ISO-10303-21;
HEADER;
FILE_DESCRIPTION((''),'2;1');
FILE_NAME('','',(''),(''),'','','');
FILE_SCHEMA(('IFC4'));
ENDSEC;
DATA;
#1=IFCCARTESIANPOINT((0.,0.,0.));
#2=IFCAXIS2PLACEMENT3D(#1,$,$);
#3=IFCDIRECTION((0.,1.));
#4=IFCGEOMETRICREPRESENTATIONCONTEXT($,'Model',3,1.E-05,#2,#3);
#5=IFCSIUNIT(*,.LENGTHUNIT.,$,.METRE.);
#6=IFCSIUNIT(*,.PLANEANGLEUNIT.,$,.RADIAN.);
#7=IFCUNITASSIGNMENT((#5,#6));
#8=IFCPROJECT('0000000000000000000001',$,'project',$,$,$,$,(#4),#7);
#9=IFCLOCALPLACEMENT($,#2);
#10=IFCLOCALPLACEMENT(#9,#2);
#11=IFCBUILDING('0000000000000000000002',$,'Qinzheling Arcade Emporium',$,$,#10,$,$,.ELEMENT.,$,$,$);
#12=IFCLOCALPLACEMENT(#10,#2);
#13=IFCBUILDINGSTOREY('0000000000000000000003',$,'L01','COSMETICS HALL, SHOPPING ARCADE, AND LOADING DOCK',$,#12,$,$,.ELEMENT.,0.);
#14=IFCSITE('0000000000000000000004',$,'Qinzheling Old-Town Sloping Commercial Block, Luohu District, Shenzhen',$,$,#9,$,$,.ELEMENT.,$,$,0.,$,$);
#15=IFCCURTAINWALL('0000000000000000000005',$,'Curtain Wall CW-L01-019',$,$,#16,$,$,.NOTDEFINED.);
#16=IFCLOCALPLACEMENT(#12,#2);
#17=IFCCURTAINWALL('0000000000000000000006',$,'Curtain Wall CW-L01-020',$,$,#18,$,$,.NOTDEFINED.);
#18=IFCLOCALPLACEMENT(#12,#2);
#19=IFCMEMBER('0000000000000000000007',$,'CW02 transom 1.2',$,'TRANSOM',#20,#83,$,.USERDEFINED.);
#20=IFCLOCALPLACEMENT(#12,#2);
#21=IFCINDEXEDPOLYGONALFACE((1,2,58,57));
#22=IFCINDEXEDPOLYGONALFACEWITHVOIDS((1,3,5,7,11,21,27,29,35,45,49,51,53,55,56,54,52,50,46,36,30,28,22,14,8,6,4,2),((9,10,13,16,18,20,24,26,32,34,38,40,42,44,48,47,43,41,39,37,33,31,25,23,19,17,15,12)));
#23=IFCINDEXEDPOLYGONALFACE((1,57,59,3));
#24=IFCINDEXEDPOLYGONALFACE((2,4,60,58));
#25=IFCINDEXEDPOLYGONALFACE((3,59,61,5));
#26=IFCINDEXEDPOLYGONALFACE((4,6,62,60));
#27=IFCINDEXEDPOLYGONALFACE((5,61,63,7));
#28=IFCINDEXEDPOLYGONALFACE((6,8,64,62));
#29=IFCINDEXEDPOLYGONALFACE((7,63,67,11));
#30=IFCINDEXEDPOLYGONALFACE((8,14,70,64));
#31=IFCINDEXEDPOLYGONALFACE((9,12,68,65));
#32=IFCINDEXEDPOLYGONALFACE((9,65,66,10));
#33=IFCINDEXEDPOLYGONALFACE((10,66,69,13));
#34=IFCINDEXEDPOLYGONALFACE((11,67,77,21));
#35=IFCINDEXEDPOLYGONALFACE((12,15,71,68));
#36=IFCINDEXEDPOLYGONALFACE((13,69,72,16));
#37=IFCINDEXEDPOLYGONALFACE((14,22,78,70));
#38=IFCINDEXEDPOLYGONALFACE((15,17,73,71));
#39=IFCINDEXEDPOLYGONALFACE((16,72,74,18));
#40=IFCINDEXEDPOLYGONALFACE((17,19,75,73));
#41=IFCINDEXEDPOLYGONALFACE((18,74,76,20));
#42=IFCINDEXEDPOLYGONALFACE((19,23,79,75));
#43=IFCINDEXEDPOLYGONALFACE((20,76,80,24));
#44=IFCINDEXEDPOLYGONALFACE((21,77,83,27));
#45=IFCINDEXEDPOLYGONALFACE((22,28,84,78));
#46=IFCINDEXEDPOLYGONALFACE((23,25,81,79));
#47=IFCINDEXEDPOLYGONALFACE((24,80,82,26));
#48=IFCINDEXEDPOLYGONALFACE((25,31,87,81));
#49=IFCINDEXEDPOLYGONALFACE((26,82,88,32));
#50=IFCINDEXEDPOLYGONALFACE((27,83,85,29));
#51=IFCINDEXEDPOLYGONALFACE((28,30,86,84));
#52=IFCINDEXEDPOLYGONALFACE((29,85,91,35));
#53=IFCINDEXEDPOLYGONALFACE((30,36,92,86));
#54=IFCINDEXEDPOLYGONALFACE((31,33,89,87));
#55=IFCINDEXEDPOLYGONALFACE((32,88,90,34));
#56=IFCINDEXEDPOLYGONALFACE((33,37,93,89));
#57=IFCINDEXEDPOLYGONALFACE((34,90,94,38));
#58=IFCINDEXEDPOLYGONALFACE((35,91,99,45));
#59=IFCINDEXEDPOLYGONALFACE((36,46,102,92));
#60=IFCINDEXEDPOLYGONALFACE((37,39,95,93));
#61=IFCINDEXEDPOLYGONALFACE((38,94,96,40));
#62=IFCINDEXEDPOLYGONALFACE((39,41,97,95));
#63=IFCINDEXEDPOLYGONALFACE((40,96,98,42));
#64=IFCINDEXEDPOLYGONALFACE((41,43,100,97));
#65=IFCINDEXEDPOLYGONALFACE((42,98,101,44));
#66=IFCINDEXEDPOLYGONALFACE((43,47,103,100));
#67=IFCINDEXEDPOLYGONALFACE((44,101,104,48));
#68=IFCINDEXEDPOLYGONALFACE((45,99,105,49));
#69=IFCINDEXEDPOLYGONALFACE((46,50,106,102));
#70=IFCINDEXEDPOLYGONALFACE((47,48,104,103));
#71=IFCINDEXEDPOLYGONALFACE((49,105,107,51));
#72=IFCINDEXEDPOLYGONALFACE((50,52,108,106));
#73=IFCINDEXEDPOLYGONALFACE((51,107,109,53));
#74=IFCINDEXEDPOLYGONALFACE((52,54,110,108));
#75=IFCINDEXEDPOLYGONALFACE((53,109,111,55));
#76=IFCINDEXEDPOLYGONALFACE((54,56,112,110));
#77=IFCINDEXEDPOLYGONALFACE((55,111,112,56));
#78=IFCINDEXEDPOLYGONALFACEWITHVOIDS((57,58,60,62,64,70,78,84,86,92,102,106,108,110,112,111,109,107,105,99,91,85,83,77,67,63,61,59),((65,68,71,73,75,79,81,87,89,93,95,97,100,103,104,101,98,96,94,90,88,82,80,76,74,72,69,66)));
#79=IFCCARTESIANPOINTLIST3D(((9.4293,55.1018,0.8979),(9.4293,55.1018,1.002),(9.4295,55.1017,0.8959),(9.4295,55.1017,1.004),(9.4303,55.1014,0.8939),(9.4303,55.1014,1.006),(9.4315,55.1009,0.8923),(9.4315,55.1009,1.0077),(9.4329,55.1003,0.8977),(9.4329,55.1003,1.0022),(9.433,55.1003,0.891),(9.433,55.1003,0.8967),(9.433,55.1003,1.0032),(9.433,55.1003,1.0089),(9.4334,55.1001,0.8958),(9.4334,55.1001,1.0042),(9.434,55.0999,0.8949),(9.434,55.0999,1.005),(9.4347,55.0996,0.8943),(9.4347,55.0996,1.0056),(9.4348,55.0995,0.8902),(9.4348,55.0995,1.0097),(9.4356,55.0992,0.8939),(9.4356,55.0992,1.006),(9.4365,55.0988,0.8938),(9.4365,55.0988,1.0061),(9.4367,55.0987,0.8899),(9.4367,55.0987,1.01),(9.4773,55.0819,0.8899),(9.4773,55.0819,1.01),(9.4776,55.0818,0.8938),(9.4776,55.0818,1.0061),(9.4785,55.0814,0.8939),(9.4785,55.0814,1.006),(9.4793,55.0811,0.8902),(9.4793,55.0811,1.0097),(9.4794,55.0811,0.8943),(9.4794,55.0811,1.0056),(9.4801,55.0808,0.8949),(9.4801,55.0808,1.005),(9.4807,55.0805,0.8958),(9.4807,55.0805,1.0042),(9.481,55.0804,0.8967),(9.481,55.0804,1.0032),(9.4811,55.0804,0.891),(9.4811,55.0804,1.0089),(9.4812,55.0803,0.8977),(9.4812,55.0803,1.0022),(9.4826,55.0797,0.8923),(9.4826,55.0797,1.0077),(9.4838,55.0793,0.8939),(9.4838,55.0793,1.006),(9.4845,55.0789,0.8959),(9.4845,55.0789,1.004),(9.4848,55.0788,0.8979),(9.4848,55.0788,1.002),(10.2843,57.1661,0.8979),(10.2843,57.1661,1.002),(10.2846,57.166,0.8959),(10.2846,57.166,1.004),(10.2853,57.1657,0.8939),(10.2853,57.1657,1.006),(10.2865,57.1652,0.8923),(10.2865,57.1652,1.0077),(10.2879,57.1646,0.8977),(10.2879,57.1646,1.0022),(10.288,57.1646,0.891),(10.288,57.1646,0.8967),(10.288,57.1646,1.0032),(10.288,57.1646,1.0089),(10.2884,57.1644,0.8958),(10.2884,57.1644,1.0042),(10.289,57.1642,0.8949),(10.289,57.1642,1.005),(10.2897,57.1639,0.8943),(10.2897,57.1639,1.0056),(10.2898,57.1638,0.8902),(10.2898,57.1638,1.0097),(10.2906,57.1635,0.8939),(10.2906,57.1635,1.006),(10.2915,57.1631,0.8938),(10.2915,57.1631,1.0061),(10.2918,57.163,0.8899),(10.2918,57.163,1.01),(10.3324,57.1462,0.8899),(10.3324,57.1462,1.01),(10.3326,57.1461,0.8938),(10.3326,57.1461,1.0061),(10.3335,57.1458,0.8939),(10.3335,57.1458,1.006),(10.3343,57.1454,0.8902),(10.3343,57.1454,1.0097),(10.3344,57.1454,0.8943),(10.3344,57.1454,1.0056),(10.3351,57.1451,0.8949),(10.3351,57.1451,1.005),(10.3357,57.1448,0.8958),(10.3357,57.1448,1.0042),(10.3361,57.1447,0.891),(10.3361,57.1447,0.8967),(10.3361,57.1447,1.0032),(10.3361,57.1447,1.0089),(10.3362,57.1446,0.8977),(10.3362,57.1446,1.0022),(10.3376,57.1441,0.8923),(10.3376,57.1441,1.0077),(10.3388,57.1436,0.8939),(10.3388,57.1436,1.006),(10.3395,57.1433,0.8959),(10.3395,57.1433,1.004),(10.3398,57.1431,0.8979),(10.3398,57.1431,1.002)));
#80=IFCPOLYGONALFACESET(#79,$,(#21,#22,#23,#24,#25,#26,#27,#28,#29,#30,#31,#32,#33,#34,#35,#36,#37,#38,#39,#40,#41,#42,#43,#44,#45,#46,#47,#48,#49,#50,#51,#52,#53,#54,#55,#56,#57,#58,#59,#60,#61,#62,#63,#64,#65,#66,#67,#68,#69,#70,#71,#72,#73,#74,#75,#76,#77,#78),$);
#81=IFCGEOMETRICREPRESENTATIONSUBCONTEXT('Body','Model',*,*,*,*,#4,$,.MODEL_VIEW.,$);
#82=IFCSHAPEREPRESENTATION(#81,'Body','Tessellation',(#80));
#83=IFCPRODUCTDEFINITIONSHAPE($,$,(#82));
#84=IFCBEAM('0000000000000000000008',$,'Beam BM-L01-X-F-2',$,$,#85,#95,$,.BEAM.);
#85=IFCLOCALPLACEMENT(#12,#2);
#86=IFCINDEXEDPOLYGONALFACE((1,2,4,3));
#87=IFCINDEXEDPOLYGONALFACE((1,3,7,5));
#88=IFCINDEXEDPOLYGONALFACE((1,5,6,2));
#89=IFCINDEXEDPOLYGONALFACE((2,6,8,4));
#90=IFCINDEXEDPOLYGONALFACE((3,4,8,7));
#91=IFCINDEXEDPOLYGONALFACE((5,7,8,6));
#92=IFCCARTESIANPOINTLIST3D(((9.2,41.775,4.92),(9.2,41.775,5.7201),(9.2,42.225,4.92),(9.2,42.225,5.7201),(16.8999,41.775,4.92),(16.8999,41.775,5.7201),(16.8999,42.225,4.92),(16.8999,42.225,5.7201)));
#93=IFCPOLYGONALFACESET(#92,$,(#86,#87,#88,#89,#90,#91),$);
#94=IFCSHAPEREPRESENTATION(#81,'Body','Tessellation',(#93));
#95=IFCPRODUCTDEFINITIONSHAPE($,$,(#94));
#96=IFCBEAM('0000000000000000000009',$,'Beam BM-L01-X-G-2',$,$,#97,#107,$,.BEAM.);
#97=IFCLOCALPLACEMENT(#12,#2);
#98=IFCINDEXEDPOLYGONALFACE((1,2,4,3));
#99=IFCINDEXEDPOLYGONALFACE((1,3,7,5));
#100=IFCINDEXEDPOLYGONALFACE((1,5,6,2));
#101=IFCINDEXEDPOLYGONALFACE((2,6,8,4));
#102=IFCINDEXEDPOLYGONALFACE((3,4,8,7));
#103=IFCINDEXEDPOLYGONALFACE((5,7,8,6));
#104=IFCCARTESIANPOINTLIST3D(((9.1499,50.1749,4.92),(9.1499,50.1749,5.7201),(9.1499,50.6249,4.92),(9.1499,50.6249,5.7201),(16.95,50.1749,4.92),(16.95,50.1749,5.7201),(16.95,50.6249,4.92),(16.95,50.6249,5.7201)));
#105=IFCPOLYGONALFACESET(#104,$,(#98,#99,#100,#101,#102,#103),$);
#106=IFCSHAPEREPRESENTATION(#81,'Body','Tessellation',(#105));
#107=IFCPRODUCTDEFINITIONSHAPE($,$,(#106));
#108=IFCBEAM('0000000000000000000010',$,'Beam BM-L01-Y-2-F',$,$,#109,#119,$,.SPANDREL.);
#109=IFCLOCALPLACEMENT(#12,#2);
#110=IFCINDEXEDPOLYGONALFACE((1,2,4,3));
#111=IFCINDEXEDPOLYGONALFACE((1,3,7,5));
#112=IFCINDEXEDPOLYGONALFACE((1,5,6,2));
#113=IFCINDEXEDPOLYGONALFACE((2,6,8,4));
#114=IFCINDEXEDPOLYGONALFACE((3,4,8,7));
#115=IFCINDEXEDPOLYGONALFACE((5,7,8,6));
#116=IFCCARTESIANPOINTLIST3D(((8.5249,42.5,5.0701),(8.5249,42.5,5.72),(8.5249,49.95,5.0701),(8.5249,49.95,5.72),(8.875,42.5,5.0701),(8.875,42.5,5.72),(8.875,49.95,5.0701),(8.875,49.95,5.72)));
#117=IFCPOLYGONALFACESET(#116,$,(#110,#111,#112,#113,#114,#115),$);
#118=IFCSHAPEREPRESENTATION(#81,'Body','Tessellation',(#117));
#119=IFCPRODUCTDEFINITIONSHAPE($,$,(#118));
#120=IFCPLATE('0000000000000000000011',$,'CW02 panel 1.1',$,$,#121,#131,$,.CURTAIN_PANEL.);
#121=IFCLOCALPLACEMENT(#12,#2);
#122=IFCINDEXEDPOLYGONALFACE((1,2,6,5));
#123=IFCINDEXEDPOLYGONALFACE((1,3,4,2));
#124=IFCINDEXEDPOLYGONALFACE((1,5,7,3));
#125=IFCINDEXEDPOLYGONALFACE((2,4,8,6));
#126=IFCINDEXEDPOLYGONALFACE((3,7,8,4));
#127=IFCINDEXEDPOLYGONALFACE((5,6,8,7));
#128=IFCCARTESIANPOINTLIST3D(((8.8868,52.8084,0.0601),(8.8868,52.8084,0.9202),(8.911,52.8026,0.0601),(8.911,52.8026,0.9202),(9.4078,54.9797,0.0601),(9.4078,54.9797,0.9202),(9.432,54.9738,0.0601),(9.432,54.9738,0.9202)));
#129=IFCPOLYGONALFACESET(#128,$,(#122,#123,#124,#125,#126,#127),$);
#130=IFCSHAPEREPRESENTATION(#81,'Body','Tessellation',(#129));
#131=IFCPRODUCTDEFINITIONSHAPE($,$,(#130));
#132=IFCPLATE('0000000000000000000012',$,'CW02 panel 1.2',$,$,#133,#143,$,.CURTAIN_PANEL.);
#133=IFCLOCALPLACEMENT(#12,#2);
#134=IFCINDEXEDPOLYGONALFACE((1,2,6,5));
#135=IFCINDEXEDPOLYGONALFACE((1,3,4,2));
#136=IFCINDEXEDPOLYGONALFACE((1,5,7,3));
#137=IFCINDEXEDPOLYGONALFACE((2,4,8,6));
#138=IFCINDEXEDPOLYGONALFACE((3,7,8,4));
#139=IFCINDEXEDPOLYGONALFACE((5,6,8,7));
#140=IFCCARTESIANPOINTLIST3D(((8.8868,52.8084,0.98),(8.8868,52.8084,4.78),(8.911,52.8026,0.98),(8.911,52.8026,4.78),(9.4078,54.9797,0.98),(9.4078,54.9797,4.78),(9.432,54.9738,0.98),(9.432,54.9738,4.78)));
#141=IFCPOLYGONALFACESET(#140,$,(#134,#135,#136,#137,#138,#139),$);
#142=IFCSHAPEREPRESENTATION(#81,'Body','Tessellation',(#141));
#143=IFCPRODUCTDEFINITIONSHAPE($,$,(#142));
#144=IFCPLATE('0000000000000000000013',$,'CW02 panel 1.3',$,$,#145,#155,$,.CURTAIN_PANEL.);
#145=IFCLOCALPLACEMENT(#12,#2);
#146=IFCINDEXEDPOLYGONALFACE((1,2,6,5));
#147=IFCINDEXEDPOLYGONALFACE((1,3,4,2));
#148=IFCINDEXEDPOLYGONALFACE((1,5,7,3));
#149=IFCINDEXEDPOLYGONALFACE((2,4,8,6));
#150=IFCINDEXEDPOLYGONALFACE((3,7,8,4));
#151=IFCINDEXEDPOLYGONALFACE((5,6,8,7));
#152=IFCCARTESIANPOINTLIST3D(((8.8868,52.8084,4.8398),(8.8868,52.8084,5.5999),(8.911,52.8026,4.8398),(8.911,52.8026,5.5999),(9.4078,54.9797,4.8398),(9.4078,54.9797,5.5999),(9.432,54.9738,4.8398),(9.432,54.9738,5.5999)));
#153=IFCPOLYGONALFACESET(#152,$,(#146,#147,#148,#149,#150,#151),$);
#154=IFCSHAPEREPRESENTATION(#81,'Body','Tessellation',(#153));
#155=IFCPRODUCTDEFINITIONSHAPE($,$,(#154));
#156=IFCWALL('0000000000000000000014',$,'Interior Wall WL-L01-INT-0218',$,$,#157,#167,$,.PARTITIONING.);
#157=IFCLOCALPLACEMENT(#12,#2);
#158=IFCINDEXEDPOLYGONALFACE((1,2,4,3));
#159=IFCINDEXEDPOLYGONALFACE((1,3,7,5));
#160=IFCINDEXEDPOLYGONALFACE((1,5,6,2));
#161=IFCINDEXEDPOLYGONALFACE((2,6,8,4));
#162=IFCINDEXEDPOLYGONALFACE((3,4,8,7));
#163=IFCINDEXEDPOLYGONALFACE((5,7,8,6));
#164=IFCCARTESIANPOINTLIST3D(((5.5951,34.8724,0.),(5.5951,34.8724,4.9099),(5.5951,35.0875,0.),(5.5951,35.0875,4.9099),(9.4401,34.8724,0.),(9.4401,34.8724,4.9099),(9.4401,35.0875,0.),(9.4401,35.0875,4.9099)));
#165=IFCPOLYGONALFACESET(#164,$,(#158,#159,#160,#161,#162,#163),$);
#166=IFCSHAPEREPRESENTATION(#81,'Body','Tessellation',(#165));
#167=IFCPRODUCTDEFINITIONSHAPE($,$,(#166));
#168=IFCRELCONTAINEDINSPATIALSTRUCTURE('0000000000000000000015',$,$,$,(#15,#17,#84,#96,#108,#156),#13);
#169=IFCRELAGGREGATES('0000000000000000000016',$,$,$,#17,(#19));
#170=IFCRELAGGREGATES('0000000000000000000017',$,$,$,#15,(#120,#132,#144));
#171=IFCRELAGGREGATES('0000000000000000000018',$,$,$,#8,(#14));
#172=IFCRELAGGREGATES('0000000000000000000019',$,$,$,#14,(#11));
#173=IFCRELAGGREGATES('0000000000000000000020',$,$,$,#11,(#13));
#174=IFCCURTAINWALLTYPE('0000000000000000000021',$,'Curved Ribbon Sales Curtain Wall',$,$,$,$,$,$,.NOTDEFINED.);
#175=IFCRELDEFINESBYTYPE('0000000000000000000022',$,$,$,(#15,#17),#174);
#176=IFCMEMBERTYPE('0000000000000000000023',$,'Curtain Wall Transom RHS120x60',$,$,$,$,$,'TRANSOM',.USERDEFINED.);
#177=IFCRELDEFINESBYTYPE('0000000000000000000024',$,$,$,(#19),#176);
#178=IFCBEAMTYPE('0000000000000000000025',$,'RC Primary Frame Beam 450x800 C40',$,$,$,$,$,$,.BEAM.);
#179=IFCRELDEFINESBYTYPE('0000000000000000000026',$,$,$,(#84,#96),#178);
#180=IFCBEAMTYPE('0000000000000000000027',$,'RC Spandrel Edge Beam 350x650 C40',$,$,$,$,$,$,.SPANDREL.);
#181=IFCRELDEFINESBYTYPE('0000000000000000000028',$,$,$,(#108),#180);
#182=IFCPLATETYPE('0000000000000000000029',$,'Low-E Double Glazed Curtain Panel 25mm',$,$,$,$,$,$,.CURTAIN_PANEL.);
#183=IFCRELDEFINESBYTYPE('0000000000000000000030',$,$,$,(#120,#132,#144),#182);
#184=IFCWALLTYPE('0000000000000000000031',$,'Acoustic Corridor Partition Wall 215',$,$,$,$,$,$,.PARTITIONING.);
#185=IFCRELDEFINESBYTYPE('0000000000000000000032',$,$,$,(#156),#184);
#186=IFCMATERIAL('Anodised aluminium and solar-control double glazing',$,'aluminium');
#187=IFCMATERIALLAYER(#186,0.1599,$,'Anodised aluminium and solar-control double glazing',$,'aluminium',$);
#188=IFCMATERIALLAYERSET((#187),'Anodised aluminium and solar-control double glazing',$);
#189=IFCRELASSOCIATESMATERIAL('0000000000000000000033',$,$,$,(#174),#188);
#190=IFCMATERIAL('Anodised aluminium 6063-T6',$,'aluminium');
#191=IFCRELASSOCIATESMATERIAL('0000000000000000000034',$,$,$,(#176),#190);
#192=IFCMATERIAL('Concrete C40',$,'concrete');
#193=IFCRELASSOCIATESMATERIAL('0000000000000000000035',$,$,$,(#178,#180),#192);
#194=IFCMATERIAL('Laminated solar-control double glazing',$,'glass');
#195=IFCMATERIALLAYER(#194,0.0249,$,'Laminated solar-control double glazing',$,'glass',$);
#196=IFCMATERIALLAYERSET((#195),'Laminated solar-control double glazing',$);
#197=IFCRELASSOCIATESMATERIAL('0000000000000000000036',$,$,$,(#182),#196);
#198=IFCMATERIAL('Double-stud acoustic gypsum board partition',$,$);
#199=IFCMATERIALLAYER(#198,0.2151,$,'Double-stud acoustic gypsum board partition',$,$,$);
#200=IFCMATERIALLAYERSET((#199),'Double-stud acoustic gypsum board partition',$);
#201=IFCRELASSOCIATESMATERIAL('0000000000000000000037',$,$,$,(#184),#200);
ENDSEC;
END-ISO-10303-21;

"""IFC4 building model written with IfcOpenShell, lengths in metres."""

from ifc_helpers import new_model, si_unit, direction, frame, frame_2d, origin, origin_2d, place, context, subcontext, project, spatial, rectangle, hollow_rectangle, extrude, material, layer, layer_set, material_profile, profile_set, type_object, element, aggregate, save


model = new_model("IFC4")

# Units and contexts
model_context = context("Model", 3, precision=1e-05, world=origin(), true_north=direction((0.0, 1.0)))
body_context = subcontext(model_context, "Body", "Model", "MODEL_VIEW")
ifc_project = project(units=[si_unit("LENGTHUNIT", "METRE"), si_unit("PLANEANGLEUNIT", "RADIAN")], contexts=[model_context])

# Site, building, storey
site_placement = place(None, origin())
site = spatial("IfcSite", under=ifc_project, at=site_placement, Name="Qinzheling Old-Town Sloping Commercial Block, Luohu District, Shenzhen", CompositionType="ELEMENT", RefElevation=0.0)
building_placement = place(site_placement, origin())
building = spatial("IfcBuilding", under=site, at=building_placement, Name="Qinzheling Arcade Emporium", CompositionType="ELEMENT")
storey_placement = place(building_placement, origin())
storey = spatial("IfcBuildingStorey", under=building, at=storey_placement, Name="L01", Description="COSMETICS HALL, SHOPPING ARCADE, AND LOADING DOCK", CompositionType="ELEMENT", Elevation=0.0)

# Curtain wall
ifc_material_1 = material(Name="Anodised aluminium and solar-control double glazing", Category="aluminium")
ifc_layer_1 = layer(ifc_material_1, 0.1599, Name="Anodised aluminium and solar-control double glazing", Category="aluminium")
ifc_layer_set_1 = layer_set([ifc_layer_1], Name="Anodised aluminium and solar-control double glazing")
curtain_wall_type = type_object("IfcCurtainWallType", Name="Curved Ribbon Sales Curtain Wall", PredefinedType="NOTDEFINED", material=ifc_layer_set_1)
curtain_wall_1_placement = place(storey_placement, origin())
curtain_wall_1 = element("IfcCurtainWall", 1, at=curtain_wall_1_placement, inside=storey, type_object=curtain_wall_type, Name="Curtain Wall CW-L01-019", PredefinedType="NOTDEFINED")
ifc_material_2 = material(Name="Anodised aluminium 6063-T6", Category="aluminium")

# Curtain wall
curtain_wall_2_placement = place(storey_placement, origin())
curtain_wall_2 = element("IfcCurtainWall", 2, at=curtain_wall_2_placement, inside=storey, type_object=curtain_wall_type, Name="Curtain Wall CW-L01-020", PredefinedType="NOTDEFINED")

# Member
ifc_material_profile_1 = material_profile(ifc_material_2, hollow_rectangle(XDim=0.0601, YDim=0.1201, WallThickness=0.0039, InnerFilletRadius=0.0039, OuterFilletRadius=0.0081, at=origin_2d()), Name="RHS 120x60x4", Category="aluminium")
ifc_profile_set_1 = profile_set([ifc_material_profile_1], Name="Anodised aluminium 6063-T6")
member_type_1 = type_object("IfcMemberType", Name="Curtain Wall Transom RHS120x60", ElementType="TRANSOM", PredefinedType="USERDEFINED", material=ifc_profile_set_1)
member_1_placement = place(storey_placement, frame((9.457, 55.0903, 0.95), z_axis=(0.382667, 0.923886, 0.0), x_axis=(-0.923886, 0.382667, 0.0)))
member_1 = element("IfcMember", 3, at=member_1_placement, type_object=member_type_1, Name="CW02 transom 1.2", ObjectType="TRANSOM", PredefinedType="USERDEFINED", context=body_context, shape_type="SweptSolid", body=[
    extrude(hollow_rectangle(XDim=0.0601, YDim=0.1201, WallThickness=0.0039, InnerFilletRadius=0.0039, OuterFilletRadius=0.0081, at=origin_2d()), origin(), (0.0, 0.0, 1.0), 2.2344),
])
aggregate(curtain_wall_2, [member_1])

# Beams
ifc_material_3 = material(Name="Concrete C40", Category="concrete")
ifc_material_profile_2 = material_profile(ifc_material_3, rectangle(XDim=0.45, YDim=0.8, at=origin_2d()), Name="RC 450x800", Category="concrete")
ifc_profile_set_2 = profile_set([ifc_material_profile_2], Name="Concrete C40")
beam_type_1 = type_object("IfcBeamType", Name="RC Primary Frame Beam 450x800 C40", PredefinedType="BEAM", material=ifc_profile_set_2)
beam_1_placement = place(storey_placement, frame((9.2, 42.0, 5.3201), z_axis=(1.0, 0.0, 0.0), x_axis=(0.0, 1.0, 0.0)))
element("IfcBeam", 4, at=beam_1_placement, inside=storey, type_object=beam_type_1, Name="Beam BM-L01-X-F-2", PredefinedType="BEAM", context=body_context, shape_type="SweptSolid", body=[
    extrude(rectangle(XDim=0.45, YDim=0.8, at=origin_2d()), origin(), (0.0, 0.0, 1.0), 7.7),
])
beam_2_placement = place(storey_placement, frame((9.1499, 50.3999, 5.3201), z_axis=(1.0, 0.0, 0.0), x_axis=(0.0, 1.0, 0.0)))
element("IfcBeam", 5, at=beam_2_placement, inside=storey, type_object=beam_type_1, Name="Beam BM-L01-X-G-2", PredefinedType="BEAM", context=body_context, shape_type="SweptSolid", body=[
    extrude(rectangle(XDim=0.45, YDim=0.8, at=origin_2d()), origin(), (0.0, 0.0, 1.0), 7.8),
])
ifc_material_profile_3 = material_profile(ifc_material_3, rectangle(XDim=0.3501, YDim=0.6499, at=origin_2d()), Name="RC 350x650", Category="concrete")
ifc_profile_set_3 = profile_set([ifc_material_profile_3], Name="Concrete C40")
beam_type_2 = type_object("IfcBeamType", Name="RC Spandrel Edge Beam 350x650 C40", PredefinedType="SPANDREL", material=ifc_profile_set_3)
beam_3_placement = place(storey_placement, frame((8.7, 42.5, 5.395), z_axis=(0.0, 1.0, 0.0), x_axis=(-1.0, 0.0, 0.0)))
element("IfcBeam", 6, at=beam_3_placement, inside=storey, type_object=beam_type_2, Name="Beam BM-L01-Y-2-F", PredefinedType="SPANDREL", context=body_context, shape_type="SweptSolid", body=[
    extrude(rectangle(XDim=0.3501, YDim=0.6499, at=origin_2d()), origin(), (0.0, 0.0, 1.0), 7.45),
])

# Plates
ifc_material_4 = material(Name="Laminated solar-control double glazing", Category="glass")
ifc_layer_2 = layer(ifc_material_4, 0.0249, Name="Laminated solar-control double glazing", Category="glass")
ifc_layer_set_2 = layer_set([ifc_layer_2], Name="Laminated solar-control double glazing")
plate_type = type_object("IfcPlateType", Name="Low-E Double Glazed Curtain Panel 25mm", PredefinedType="CURTAIN_PANEL", material=ifc_layer_set_2)
plate_1_placement = place(storey_placement, frame((9.1594, 53.8911, 0.0601), z_axis=(0.0, 0.0, 1.0), x_axis=(0.233325, 0.972399, 0.0)))
plate_1 = element("IfcPlate", 7, at=plate_1_placement, type_object=plate_type, Name="CW02 panel 1.1", PredefinedType="CURTAIN_PANEL", context=body_context, shape_type="SweptSolid", body=[
    extrude(rectangle(XDim=2.2329, YDim=0.0249, at=origin_2d()), origin(), (0.0, 0.0, 1.0), 0.8601),
])
plate_2_placement = place(storey_placement, frame((9.1594, 53.8911, 0.98), z_axis=(0.0, 0.0, 1.0), x_axis=(0.233325, 0.972399, 0.0)))
plate_2 = element("IfcPlate", 8, at=plate_2_placement, type_object=plate_type, Name="CW02 panel 1.2", PredefinedType="CURTAIN_PANEL", context=body_context, shape_type="SweptSolid", body=[
    extrude(rectangle(XDim=2.2329, YDim=0.0249, at=origin_2d()), origin(), (0.0, 0.0, 1.0), 3.8),
])
plate_3_placement = place(storey_placement, frame((9.1594, 53.8911, 4.8398), z_axis=(0.0, 0.0, 1.0), x_axis=(0.233325, 0.972399, 0.0)))
plate_3 = element("IfcPlate", 9, at=plate_3_placement, type_object=plate_type, Name="CW02 panel 1.3", PredefinedType="CURTAIN_PANEL", context=body_context, shape_type="SweptSolid", body=[
    extrude(rectangle(XDim=2.2329, YDim=0.0249, at=origin_2d()), origin(), (0.0, 0.0, 1.0), 0.76),
])
aggregate(curtain_wall_1, [plate_1, plate_2, plate_3])

# Wall
ifc_material_5 = material(Name="Double-stud acoustic gypsum board partition")
ifc_layer_3 = layer(ifc_material_5, 0.2151, Name="Double-stud acoustic gypsum board partition")
ifc_layer_set_3 = layer_set([ifc_layer_3], Name="Double-stud acoustic gypsum board partition")
wall_type_1 = type_object("IfcWallType", Name="Acoustic Corridor Partition Wall 215", PredefinedType="PARTITIONING", material=ifc_layer_set_3)
wall_1_placement = place(storey_placement, frame((9.4399, 34.98, 0.0), z_axis=(0.0, 0.0, 1.0), x_axis=(-1.0, 0.0, 0.0)))
element("IfcWall", 10, at=wall_1_placement, inside=storey, type_object=wall_type_1, Name="Interior Wall WL-L01-INT-0218", PredefinedType="PARTITIONING", context=body_context, shape_type="SweptSolid", body=[
    extrude(rectangle(XDim=3.845, YDim=0.2151, at=frame_2d((1.9224, 0.0))), origin(), (0.0, 0.0, 1.0), 4.9099),
])

save(model, "model.ifc")
